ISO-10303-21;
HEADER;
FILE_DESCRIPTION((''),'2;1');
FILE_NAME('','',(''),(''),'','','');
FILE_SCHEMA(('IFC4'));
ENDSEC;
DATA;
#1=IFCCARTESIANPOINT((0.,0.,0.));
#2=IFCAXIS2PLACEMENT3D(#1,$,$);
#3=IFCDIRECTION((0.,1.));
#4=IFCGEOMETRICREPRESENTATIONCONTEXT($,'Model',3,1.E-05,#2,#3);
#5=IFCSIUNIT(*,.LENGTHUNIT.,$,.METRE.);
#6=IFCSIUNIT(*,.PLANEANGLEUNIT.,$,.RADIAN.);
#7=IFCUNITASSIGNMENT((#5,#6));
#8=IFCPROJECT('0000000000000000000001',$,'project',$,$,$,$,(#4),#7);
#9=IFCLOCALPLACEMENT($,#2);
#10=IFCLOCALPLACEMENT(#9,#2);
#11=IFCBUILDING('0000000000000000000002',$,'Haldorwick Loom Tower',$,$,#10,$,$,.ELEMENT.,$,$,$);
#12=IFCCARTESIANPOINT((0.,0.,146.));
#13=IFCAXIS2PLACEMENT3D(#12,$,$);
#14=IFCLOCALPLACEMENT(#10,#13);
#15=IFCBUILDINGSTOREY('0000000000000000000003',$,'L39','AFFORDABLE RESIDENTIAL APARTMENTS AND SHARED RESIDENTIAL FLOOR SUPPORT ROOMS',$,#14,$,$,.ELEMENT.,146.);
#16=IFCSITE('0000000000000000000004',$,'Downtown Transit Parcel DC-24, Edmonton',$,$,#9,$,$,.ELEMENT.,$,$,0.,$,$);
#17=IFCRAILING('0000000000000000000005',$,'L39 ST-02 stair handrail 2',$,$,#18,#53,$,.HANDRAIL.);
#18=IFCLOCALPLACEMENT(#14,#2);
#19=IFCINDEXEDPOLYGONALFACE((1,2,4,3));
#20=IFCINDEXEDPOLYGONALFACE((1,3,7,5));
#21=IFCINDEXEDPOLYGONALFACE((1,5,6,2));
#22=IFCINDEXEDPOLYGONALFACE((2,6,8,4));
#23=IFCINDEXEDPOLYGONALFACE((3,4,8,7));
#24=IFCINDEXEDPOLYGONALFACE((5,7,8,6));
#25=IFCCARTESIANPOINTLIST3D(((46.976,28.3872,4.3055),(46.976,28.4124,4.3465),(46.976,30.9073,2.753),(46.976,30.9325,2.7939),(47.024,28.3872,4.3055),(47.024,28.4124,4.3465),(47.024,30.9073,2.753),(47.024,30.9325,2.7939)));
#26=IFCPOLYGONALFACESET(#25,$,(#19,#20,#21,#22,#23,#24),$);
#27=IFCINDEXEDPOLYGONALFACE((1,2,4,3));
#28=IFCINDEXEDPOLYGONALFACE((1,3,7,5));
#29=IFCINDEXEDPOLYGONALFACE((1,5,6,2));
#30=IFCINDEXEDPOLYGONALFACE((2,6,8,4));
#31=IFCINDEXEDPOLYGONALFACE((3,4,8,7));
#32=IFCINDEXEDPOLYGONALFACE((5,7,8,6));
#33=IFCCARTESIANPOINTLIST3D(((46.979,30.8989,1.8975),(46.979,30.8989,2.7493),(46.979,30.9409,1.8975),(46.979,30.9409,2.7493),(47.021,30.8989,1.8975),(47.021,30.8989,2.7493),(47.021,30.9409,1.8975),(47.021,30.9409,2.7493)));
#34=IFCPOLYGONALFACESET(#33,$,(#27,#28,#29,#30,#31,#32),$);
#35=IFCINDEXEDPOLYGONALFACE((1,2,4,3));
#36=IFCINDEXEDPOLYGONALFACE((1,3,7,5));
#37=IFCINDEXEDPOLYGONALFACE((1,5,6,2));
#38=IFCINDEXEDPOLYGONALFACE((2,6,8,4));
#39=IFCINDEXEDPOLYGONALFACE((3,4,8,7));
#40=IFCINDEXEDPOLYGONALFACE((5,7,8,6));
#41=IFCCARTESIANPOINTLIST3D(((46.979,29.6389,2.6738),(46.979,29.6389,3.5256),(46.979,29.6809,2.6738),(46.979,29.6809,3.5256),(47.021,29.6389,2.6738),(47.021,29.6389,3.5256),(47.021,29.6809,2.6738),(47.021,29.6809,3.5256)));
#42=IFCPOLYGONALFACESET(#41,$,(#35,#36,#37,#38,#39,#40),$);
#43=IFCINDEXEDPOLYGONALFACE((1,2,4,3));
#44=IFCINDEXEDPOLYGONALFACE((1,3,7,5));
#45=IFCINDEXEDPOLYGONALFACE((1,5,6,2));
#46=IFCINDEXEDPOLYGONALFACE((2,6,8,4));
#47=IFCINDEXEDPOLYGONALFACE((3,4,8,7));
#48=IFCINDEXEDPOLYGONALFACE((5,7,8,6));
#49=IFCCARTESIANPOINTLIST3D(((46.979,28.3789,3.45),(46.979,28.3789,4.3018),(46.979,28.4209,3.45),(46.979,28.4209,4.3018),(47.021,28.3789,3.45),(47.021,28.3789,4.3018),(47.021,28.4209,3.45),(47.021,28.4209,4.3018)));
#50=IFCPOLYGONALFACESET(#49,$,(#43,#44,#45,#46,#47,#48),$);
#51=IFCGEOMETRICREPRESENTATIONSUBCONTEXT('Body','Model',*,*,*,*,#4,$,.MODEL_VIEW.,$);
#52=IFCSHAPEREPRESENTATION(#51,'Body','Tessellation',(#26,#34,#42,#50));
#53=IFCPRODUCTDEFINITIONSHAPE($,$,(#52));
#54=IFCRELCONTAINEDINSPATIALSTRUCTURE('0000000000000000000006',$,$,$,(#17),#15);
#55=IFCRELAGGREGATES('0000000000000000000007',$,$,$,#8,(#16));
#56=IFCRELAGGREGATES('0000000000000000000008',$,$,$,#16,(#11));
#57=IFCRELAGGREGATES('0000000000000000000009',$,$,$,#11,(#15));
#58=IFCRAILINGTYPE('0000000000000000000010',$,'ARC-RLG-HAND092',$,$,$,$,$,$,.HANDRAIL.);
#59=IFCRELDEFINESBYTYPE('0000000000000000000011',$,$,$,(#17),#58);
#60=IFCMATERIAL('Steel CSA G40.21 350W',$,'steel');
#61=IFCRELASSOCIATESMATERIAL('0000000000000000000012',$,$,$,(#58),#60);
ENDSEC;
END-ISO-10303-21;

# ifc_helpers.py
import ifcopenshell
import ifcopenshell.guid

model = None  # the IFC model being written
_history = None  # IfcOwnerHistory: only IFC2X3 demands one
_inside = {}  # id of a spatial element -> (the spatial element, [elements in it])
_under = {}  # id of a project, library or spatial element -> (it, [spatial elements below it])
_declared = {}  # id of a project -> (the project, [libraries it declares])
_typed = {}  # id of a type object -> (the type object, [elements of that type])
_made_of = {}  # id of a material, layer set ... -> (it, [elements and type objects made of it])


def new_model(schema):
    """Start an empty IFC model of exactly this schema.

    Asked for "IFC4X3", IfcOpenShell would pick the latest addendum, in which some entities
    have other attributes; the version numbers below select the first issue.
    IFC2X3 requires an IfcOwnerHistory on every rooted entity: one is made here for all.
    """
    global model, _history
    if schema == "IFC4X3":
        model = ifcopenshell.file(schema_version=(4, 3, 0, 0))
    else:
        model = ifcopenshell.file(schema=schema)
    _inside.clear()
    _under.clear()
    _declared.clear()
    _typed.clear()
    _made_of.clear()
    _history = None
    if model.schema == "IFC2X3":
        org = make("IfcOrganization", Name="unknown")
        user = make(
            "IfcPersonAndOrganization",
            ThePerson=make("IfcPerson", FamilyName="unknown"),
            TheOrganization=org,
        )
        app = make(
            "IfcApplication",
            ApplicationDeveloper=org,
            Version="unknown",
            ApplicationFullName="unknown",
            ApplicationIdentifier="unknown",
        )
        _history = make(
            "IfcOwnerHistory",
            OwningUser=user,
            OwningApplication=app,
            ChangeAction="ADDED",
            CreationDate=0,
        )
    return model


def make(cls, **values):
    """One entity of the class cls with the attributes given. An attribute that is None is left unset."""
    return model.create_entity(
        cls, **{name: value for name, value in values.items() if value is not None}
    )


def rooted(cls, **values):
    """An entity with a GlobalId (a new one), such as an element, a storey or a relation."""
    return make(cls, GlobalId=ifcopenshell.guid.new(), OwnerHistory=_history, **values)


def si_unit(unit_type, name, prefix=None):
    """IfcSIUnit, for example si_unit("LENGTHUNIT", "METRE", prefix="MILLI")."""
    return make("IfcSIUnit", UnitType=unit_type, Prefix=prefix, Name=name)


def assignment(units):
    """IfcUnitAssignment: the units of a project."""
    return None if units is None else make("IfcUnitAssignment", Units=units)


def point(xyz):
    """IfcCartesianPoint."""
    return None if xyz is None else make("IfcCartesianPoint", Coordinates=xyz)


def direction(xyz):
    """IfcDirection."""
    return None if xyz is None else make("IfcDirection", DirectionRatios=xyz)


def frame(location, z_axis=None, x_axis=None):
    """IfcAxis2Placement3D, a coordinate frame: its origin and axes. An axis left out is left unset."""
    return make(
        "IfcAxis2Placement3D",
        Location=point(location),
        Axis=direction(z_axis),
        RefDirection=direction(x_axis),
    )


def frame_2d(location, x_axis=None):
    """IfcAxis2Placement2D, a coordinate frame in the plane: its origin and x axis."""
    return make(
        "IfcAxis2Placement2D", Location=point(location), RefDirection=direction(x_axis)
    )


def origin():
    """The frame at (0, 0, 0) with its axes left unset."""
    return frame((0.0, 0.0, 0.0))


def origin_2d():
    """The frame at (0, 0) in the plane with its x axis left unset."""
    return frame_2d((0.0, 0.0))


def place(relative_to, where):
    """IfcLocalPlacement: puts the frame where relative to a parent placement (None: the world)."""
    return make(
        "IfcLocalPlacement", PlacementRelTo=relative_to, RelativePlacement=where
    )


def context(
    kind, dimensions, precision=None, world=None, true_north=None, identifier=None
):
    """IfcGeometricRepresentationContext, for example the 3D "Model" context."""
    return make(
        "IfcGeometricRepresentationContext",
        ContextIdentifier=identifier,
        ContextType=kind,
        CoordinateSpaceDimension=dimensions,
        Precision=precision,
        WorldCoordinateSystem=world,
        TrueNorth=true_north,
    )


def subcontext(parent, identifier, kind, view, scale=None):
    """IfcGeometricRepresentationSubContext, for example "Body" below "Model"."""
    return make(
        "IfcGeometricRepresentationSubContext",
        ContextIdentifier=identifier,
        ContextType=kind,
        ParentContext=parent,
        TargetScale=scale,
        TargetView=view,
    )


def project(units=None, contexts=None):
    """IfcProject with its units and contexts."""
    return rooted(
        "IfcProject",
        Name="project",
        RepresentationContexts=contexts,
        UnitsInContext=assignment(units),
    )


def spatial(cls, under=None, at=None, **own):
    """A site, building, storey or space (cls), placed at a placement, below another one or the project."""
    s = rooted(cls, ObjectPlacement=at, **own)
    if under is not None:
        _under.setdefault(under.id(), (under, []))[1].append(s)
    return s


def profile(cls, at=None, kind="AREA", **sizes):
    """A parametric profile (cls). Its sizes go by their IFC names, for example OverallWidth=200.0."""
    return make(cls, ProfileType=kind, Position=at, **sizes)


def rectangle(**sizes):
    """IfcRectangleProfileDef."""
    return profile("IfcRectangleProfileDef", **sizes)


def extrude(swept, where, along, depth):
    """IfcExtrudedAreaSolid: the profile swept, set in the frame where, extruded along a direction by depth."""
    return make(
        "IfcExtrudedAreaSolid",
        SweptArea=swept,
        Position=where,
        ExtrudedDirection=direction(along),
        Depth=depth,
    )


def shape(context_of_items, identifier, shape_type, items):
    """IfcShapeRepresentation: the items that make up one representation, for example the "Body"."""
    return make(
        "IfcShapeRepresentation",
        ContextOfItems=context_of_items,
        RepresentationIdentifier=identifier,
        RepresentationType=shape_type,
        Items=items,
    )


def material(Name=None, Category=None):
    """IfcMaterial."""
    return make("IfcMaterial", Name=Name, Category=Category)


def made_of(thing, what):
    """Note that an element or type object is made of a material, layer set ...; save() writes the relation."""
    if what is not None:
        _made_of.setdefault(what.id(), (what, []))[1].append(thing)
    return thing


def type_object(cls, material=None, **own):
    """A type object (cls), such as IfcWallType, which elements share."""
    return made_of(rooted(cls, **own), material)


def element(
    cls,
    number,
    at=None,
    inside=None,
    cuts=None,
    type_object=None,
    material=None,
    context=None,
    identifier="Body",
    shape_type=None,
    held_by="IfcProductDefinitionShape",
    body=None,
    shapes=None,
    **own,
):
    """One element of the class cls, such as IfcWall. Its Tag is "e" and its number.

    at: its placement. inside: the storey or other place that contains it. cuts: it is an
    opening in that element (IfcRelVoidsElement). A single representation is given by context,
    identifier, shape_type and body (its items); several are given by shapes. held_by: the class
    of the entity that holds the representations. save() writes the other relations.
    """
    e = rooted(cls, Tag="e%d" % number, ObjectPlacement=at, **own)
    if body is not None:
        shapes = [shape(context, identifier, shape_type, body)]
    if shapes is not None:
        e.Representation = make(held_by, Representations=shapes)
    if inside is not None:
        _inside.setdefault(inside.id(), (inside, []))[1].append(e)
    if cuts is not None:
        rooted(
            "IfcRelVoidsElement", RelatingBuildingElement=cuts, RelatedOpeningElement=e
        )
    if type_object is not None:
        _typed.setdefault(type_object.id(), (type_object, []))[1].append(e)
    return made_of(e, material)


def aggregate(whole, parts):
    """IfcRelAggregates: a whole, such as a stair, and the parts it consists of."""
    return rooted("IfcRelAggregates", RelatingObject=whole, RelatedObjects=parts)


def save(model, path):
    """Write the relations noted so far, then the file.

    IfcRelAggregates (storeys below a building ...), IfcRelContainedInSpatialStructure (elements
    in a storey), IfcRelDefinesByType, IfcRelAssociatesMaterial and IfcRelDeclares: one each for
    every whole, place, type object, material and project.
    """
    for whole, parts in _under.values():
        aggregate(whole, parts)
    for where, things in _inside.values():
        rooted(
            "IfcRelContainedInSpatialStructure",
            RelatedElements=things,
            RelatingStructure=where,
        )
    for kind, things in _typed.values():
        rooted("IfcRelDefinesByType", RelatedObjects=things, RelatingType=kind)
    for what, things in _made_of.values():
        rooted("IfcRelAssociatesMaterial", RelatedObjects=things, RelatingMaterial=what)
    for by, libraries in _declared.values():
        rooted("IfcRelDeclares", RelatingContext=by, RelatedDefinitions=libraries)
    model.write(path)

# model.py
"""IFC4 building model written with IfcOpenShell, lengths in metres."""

from ifc_helpers import new_model, si_unit, direction, frame, origin, origin_2d, place, context, subcontext, project, spatial, rectangle, extrude, material, type_object, element, save


model = new_model("IFC4")

# Units and contexts
model_context = context("Model", 3, precision=1e-05, world=origin(), true_north=direction((0.0, 1.0)))
body_context = subcontext(model_context, "Body", "Model", "MODEL_VIEW")
ifc_project = project(units=[si_unit("LENGTHUNIT", "METRE"), si_unit("PLANEANGLEUNIT", "RADIAN")], contexts=[model_context])

# Site, building, storey
site_placement = place(None, origin())
site = spatial("IfcSite", under=ifc_project, at=site_placement, Name="Downtown Transit Parcel DC-24, Edmonton", CompositionType="ELEMENT", RefElevation=0.0)
building_placement = place(site_placement, origin())
building = spatial("IfcBuilding", under=site, at=building_placement, Name="Haldorwick Loom Tower", CompositionType="ELEMENT")
storey_placement = place(building_placement, frame((0.0, 0.0, 146.0)))
storey = spatial("IfcBuildingStorey", under=building, at=storey_placement, Name="L39", Description="AFFORDABLE RESIDENTIAL APARTMENTS AND SHARED RESIDENTIAL FLOOR SUPPORT ROOMS", CompositionType="ELEMENT", Elevation=146.0)

# Shared definitions
ifc_material_1 = material(Name="Steel CSA G40.21 350W", Category="steel")

# Railing
railing_type_1 = type_object("IfcRailingType", Name="ARC-RLG-HAND092", PredefinedType="HANDRAIL", material=ifc_material_1)
railing_1_placement = place(storey_placement, frame((47.0, 30.9199, 1.8975)))
element("IfcRailing", 1, at=railing_1_placement, inside=storey, type_object=railing_type_1, Name="L39 ST-02 stair handrail 2", PredefinedType="HANDRAIL", context=body_context, shape_type="SweptSolid", body=[
    extrude(rectangle(XDim=0.0481, YDim=0.0481, at=origin_2d()), frame((0.0, 0.0, 0.876), z_axis=(0.0, -0.8514, 0.524516), x_axis=(1.0, 0.0, 0.0)), (0.0, 0.0, 1.0), 2.96),
    extrude(rectangle(XDim=0.042, YDim=0.042, at=origin_2d()), origin(), (0.0, 0.0, 1.0), 0.8518),
    extrude(rectangle(XDim=0.042, YDim=0.042, at=origin_2d()), frame((0.0, -1.26, 0.7764)), (0.0, 0.0, 1.0), 0.8518),
    extrude(rectangle(XDim=0.042, YDim=0.042, at=origin_2d()), frame((0.0, -2.52, 1.5525)), (0.0, 0.0, 1.0), 0.8518),
])

save(model, "model.ifc")
